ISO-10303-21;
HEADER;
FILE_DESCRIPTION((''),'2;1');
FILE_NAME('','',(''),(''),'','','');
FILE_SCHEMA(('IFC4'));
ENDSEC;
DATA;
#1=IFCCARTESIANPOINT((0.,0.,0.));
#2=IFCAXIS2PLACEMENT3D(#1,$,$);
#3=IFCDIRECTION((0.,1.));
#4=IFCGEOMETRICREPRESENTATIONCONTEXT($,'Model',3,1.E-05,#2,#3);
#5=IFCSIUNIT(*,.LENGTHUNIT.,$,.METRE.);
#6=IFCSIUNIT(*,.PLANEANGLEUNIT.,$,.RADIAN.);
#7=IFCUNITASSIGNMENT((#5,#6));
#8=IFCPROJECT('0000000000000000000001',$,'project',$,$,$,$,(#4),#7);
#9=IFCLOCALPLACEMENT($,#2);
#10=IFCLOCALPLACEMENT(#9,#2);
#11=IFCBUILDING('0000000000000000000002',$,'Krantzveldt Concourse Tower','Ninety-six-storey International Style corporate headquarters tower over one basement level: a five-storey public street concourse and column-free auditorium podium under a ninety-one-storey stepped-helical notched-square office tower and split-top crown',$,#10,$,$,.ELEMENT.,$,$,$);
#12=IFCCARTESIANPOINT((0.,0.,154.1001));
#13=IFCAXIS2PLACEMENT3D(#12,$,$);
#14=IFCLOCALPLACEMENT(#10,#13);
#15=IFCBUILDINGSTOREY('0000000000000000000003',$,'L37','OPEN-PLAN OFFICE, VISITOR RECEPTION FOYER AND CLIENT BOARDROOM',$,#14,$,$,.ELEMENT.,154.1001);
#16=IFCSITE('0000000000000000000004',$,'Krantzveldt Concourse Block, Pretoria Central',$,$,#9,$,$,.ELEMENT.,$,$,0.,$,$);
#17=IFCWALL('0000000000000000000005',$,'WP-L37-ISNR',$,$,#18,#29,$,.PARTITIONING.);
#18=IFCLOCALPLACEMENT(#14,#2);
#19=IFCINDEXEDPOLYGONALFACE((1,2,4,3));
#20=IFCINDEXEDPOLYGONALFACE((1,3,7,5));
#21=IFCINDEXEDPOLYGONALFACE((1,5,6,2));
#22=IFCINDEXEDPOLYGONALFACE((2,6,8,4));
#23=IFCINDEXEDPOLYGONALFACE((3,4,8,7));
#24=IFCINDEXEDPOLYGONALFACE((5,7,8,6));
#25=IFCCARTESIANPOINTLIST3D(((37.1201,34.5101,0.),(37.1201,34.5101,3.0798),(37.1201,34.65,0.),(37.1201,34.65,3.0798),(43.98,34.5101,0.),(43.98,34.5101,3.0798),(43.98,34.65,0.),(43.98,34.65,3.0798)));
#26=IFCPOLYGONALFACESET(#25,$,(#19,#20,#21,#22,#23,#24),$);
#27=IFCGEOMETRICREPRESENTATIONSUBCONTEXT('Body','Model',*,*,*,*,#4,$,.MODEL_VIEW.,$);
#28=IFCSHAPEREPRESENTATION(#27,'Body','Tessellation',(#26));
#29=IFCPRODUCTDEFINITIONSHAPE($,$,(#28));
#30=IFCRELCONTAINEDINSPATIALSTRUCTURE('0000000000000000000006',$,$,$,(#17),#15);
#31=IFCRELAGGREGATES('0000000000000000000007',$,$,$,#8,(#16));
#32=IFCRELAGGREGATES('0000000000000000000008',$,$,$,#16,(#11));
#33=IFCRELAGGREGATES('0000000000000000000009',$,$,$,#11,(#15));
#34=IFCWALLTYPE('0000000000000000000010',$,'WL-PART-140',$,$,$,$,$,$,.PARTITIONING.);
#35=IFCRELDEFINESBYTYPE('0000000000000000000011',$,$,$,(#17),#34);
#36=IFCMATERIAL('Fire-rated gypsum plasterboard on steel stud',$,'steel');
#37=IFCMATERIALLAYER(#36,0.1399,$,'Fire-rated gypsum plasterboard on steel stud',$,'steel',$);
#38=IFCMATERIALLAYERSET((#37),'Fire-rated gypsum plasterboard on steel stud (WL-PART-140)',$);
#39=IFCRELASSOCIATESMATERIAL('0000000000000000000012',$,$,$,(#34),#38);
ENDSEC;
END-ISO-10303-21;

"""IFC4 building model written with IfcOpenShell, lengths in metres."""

from ifc_helpers import new_model, si_unit, direction, frame, frame_2d, origin, place, context, subcontext, project, spatial, rectangle, extrude, material, layer, layer_set, type_object, element, save


model = new_model("IFC4")

# Units and contexts
model_context = context("Model", 3, precision=1e-05, world=origin(), true_north=direction((0.0, 1.0)))
body_context = subcontext(model_context, "Body", "Model", "MODEL_VIEW")
ifc_project = project(units=[si_unit("LENGTHUNIT", "METRE"), si_unit("PLANEANGLEUNIT", "RADIAN")], contexts=[model_context])

# Site, building, storey
site_placement = place(None, origin())
site = spatial("IfcSite", under=ifc_project, at=site_placement, Name="Krantzveldt Concourse Block, Pretoria Central", CompositionType="ELEMENT", RefElevation=0.0)
building_placement = place(site_placement, origin())
building = spatial("IfcBuilding", under=site, at=building_placement, Name="Krantzveldt Concourse Tower", Description="Ninety-six-storey International Style corporate headquarters tower over one basement level: a five-storey public street concourse and column-free auditorium podium under a ninety-one-storey stepped-helical notched-square office tower and split-top crown", CompositionType="ELEMENT")
storey_placement = place(building_placement, frame((0.0, 0.0, 154.1001)))
storey = spatial("IfcBuildingStorey", under=building, at=storey_placement, Name="L37", Description="OPEN-PLAN OFFICE, VISITOR RECEPTION FOYER AND CLIENT BOARDROOM", CompositionType="ELEMENT", Elevation=154.1001)

# Shared definitions
ifc_material_1 = material(Name="Fire-rated gypsum plasterboard on steel stud", Category="steel")

# Wall
ifc_layer_1 = layer(ifc_material_1, 0.1399, Name="Fire-rated gypsum plasterboard on steel stud", Category="steel")
ifc_layer_set_1 = layer_set([ifc_layer_1], Name="Fire-rated gypsum plasterboard on steel stud (WL-PART-140)")
wall_type_1 = type_object("IfcWallType", Name="WL-PART-140", PredefinedType="PARTITIONING", material=ifc_layer_set_1)
wall_1_placement = place(storey_placement, frame((37.1201, 34.5801, 0.0), z_axis=(0.0, 0.0, 1.0), x_axis=(1.0, 0.0, 0.0)))
element("IfcWall", 1, at=wall_1_placement, inside=storey, type_object=wall_type_1, Name="WP-L37-ISNR", PredefinedType="PARTITIONING", context=body_context, shape_type="SweptSolid", body=[
    extrude(rectangle(XDim=6.8599, YDim=0.1399, at=frame_2d((3.4299, 0.0))), origin(), (0.0, 0.0, 1.0), 3.0798),
])

save(model, "model.ifc")
